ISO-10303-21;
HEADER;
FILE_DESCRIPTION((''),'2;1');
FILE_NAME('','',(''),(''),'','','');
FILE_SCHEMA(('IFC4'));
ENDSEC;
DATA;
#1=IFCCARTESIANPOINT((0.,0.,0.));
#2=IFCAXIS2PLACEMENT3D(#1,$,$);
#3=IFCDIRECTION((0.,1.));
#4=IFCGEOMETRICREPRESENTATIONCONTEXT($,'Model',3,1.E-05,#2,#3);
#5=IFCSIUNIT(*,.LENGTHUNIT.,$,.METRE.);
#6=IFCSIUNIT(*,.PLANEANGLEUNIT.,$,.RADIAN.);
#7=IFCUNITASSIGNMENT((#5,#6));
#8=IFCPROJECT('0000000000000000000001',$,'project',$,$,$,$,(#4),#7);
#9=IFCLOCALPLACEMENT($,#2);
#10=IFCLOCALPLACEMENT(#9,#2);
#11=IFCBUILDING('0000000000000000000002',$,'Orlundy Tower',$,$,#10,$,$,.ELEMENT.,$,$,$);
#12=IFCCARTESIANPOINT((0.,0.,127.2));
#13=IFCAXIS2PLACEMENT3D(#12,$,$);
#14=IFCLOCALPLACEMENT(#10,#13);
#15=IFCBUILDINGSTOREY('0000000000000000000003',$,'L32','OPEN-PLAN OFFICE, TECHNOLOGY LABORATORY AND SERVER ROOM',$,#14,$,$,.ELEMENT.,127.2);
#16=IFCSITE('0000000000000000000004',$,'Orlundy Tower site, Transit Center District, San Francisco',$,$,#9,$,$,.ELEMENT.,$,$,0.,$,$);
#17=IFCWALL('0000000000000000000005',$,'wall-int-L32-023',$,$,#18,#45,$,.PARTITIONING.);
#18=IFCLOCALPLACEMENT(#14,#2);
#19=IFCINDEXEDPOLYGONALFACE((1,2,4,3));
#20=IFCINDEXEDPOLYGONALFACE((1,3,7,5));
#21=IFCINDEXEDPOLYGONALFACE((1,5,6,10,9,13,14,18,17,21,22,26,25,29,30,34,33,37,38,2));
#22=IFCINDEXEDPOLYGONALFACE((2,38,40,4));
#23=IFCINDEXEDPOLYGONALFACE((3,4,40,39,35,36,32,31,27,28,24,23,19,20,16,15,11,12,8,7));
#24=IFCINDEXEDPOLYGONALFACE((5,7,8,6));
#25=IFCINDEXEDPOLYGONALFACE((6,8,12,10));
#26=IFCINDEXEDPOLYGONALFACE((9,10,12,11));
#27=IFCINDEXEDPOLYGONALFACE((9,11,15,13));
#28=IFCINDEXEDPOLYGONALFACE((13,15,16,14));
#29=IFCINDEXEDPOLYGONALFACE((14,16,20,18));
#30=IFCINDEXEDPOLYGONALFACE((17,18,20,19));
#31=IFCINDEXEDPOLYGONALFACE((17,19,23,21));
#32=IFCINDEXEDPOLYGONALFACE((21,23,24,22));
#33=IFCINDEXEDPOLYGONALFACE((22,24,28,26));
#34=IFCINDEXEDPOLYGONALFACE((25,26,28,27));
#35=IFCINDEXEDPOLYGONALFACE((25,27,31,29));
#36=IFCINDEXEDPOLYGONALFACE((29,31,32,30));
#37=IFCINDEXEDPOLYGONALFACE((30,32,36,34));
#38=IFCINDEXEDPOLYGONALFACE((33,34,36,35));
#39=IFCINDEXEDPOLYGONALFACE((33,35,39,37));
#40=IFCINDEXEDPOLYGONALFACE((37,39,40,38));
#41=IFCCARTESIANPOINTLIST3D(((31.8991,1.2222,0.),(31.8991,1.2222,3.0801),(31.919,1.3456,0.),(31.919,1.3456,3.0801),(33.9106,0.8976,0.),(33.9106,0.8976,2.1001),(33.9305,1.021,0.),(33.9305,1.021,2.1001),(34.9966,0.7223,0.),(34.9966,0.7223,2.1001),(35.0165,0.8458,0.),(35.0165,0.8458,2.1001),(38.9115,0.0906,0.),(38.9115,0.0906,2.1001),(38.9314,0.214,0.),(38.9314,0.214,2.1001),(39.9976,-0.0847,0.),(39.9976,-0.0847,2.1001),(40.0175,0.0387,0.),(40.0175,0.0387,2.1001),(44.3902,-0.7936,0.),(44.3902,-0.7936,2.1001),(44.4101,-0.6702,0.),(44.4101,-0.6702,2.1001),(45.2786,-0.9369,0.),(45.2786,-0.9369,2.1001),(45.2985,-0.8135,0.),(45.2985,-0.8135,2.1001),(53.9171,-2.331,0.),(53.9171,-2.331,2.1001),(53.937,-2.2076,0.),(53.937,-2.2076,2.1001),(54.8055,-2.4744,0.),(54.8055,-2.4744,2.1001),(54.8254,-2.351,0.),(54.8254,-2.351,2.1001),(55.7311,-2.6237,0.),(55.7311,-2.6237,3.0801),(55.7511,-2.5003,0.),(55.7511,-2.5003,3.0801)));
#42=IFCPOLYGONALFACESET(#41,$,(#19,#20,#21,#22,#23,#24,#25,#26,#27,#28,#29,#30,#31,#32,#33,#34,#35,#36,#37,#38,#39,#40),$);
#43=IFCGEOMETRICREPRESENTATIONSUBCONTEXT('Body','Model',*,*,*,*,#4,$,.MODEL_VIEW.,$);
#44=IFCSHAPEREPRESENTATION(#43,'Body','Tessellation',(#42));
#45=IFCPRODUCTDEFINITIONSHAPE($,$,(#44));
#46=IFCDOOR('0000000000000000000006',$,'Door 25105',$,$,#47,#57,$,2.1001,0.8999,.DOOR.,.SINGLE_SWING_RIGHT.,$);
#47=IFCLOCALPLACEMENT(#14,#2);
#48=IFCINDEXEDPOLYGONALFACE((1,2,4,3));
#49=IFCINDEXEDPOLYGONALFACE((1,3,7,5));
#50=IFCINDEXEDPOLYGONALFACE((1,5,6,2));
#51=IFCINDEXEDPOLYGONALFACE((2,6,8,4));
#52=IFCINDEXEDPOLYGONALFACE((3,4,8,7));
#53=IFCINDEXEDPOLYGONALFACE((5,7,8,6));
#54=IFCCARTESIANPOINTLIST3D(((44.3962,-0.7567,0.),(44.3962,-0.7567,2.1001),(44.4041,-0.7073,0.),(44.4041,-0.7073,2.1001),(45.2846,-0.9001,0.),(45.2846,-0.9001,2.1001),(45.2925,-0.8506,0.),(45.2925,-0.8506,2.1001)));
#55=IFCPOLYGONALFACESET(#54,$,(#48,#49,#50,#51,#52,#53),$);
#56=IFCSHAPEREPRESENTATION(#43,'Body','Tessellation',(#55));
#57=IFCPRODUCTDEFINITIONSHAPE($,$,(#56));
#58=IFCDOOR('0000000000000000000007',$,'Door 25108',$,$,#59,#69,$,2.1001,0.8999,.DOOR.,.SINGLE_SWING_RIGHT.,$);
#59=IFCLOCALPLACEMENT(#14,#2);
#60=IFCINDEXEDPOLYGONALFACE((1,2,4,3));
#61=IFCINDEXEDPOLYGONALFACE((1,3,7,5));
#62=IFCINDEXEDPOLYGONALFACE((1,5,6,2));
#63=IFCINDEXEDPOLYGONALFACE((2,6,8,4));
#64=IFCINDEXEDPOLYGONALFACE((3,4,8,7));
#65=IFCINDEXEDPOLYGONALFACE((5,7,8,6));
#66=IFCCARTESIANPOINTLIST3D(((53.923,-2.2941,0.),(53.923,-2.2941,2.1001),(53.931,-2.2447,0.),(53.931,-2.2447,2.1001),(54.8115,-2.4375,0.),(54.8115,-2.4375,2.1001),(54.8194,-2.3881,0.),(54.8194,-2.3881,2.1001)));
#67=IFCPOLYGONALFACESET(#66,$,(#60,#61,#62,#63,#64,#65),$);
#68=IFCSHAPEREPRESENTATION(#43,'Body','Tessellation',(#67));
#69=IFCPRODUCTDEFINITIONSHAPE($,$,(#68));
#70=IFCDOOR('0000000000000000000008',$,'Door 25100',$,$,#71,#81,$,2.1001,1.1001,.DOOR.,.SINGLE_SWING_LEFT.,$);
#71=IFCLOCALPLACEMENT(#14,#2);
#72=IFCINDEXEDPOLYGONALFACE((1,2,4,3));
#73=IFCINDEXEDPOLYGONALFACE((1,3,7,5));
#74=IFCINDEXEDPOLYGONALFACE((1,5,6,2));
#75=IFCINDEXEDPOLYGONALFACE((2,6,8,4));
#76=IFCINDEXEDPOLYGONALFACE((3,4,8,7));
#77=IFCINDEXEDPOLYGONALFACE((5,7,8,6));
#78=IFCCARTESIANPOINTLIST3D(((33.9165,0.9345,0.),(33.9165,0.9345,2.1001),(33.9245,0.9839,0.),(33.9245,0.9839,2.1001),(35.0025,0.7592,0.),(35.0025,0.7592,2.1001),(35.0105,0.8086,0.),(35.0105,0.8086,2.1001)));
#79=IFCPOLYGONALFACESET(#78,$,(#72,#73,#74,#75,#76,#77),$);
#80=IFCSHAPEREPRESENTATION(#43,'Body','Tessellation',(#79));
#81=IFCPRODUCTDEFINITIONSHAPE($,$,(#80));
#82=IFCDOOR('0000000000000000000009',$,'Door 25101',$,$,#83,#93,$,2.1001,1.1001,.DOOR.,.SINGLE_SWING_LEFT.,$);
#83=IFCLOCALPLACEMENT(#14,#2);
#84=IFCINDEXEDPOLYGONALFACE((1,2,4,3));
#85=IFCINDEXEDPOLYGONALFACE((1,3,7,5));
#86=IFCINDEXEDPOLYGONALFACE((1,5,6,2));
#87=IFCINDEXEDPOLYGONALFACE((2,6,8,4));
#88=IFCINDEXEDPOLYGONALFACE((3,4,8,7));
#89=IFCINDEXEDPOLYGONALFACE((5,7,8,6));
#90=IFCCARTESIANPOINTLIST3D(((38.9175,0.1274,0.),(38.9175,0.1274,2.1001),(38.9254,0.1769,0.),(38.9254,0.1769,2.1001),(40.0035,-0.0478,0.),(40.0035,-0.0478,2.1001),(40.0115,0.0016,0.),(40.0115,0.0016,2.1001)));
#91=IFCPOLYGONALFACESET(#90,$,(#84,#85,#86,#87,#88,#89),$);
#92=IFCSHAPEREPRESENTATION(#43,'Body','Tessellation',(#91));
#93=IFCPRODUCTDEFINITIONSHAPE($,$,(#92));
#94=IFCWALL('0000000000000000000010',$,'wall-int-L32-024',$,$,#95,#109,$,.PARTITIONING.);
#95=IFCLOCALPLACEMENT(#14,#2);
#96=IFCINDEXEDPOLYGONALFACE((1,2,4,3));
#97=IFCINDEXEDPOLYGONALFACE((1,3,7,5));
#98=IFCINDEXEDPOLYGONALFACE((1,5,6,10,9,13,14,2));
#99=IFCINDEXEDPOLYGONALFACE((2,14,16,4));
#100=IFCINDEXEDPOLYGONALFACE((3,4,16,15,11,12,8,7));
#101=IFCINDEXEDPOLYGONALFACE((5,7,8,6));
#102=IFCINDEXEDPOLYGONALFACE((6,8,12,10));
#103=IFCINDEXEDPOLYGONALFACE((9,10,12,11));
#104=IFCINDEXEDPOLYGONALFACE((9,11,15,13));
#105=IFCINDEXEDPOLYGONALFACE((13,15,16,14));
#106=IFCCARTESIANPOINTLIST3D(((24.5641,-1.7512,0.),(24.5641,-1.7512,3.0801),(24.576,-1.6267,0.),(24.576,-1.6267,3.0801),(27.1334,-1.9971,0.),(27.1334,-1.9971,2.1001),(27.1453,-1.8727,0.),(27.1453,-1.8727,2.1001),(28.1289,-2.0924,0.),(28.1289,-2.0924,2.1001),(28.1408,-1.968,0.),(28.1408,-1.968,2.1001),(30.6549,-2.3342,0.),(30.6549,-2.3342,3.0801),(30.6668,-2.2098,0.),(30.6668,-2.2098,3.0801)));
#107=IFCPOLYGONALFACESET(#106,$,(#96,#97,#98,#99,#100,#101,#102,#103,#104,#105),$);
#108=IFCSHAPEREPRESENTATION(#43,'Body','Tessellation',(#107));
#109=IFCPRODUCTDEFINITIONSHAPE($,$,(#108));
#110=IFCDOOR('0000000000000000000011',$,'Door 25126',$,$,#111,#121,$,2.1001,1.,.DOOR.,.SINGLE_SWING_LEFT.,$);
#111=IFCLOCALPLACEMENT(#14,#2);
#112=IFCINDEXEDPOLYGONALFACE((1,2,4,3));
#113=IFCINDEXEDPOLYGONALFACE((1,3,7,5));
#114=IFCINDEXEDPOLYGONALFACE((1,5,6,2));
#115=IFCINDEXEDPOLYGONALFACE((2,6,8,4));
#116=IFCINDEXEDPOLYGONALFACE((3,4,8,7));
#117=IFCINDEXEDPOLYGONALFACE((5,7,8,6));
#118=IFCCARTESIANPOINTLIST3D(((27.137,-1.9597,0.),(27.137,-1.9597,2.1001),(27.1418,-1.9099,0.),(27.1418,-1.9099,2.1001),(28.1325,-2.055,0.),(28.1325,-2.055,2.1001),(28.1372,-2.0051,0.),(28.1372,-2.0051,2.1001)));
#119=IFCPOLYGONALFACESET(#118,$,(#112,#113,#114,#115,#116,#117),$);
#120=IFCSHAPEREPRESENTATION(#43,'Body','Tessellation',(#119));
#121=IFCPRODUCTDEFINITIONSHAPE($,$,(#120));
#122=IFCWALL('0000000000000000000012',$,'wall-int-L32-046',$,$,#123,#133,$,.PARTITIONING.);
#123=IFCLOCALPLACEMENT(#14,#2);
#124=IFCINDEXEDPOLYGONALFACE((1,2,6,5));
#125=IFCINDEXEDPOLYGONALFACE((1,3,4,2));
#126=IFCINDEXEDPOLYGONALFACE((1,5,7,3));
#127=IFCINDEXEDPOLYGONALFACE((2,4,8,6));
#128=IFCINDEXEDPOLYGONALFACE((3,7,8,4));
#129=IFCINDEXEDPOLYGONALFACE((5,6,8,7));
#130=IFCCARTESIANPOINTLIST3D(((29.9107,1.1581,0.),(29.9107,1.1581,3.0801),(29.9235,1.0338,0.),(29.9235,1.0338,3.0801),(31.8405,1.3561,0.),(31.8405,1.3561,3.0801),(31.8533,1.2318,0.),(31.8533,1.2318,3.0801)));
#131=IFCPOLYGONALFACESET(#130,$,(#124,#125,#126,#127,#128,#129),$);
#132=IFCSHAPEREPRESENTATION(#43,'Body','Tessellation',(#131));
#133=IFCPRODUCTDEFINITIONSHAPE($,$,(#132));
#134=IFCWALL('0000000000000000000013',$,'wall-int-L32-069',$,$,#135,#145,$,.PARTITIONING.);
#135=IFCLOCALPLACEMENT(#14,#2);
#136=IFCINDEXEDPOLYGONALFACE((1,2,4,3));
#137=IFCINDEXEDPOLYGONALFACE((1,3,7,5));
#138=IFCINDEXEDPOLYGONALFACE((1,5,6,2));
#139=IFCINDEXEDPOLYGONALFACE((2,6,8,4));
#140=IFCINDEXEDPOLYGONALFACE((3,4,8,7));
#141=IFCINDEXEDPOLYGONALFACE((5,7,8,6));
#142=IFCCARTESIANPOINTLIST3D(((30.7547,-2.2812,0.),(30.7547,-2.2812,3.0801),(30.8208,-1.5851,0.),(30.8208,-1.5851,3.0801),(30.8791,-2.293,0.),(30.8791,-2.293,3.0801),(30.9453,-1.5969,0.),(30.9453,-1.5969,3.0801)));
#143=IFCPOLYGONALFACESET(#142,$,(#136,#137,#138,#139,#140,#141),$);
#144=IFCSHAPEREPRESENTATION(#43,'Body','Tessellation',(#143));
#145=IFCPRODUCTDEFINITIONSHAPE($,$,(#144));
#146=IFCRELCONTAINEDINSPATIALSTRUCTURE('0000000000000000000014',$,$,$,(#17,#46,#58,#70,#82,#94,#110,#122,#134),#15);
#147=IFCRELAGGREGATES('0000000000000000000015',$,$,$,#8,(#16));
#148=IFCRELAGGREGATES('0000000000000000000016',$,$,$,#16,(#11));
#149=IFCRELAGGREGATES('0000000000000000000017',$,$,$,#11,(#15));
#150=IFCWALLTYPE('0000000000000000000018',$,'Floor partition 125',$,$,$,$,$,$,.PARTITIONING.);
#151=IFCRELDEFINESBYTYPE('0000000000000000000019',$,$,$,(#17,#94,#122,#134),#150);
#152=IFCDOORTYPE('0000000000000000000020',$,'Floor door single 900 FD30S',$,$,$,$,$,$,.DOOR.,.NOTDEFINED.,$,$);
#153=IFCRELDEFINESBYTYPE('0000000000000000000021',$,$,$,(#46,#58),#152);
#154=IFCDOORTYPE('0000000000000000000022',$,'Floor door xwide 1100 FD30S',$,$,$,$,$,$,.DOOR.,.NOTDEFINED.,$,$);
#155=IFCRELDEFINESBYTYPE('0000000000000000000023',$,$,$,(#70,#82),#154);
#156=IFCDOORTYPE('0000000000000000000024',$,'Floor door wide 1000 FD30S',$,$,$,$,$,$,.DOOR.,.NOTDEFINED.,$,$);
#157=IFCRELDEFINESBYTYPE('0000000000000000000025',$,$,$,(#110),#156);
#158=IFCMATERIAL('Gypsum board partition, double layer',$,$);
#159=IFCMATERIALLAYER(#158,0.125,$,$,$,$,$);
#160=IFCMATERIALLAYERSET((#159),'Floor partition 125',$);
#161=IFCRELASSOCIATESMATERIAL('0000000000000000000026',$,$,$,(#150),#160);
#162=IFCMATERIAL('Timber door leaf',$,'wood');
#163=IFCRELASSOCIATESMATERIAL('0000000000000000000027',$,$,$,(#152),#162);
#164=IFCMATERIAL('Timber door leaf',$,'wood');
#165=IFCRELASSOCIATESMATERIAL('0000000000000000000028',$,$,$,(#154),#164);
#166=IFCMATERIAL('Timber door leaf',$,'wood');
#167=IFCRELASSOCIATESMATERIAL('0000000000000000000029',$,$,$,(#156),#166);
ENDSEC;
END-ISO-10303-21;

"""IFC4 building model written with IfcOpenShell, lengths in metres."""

from ifc_helpers import new_model, si_unit, direction, frame, frame_2d, origin, place, context, subcontext, project, spatial, rectangle, extrude, material, layer, layer_set, type_object, element, fill, save


model = new_model("IFC4")

# Units and contexts
model_context = context("Model", 3, precision=1e-05, world=origin(), true_north=direction((0.0, 1.0)))
body_context = subcontext(model_context, "Body", "Model", "MODEL_VIEW")
ifc_project = project(units=[si_unit("LENGTHUNIT", "METRE"), si_unit("PLANEANGLEUNIT", "RADIAN")], contexts=[model_context])

# Site, building, storey
site_placement = place(None, origin())
site = spatial("IfcSite", under=ifc_project, at=site_placement, Name="Orlundy Tower site, Transit Center District, San Francisco", CompositionType="ELEMENT", RefElevation=0.0)
building_placement = place(site_placement, origin())
building = spatial("IfcBuilding", under=site, at=building_placement, Name="Orlundy Tower", CompositionType="ELEMENT")
storey_placement = place(building_placement, frame((0.0, 0.0, 127.2)))
storey = spatial("IfcBuildingStorey", under=building, at=storey_placement, Name="L32", Description="OPEN-PLAN OFFICE, TECHNOLOGY LABORATORY AND SERVER ROOM", CompositionType="ELEMENT", Elevation=127.2)

# Shared definitions
ifc_material_1 = material(Name="Gypsum board partition, double layer")
ifc_layer_1 = layer(ifc_material_1, 0.125)
ifc_layer_set_1 = layer_set([ifc_layer_1], Name="Floor partition 125")
wall_type_1 = type_object("IfcWallType", Name="Floor partition 125", PredefinedType="PARTITIONING", material=ifc_layer_set_1)

# Wall, openings, doors
wall_1_placement = place(storey_placement, frame((31.9089, 1.2839, 0.0), z_axis=(0.0, 0.0, 1.0), x_axis=(0.987228, -0.159316, 0.0)))
wall_1 = element("IfcWall", 1, at=wall_1_placement, inside=storey, type_object=wall_type_1, Name="wall-int-L32-023", PredefinedType="PARTITIONING", context=body_context, shape_type="SweptSolid", body=[
    extrude(rectangle(XDim=24.1404, YDim=0.125, at=frame_2d((12.0703, 0.0))), origin(), (0.0, 0.0, 1.0), 3.0801),
])
opening_1_placement = place(wall_1_placement, frame((2.0376, 0.0, 0.0)))
opening_1 = element("IfcOpeningElement", 2, at=opening_1_placement, cuts=wall_1, PredefinedType="OPENING", context=body_context, shape_type="SweptSolid", body=[
    extrude(rectangle(XDim=1.1001, YDim=2.1001, at=frame_2d((0.55, 1.05))), frame((0.0, 0.0725, 0.0), z_axis=(0.0, -1.0, 0.0), x_axis=(1.0, 0.0, 0.0)), (0.0, 0.0, 1.0), 0.145),
])
opening_2_placement = place(wall_1_placement, frame((7.1033, 0.0, 0.0)))
opening_2 = element("IfcOpeningElement", 3, at=opening_2_placement, cuts=wall_1, PredefinedType="OPENING", context=body_context, shape_type="SweptSolid", body=[
    extrude(rectangle(XDim=1.1001, YDim=2.1001, at=frame_2d((0.55, 1.05))), frame((0.0, 0.0725, 0.0), z_axis=(0.0, -1.0, 0.0), x_axis=(1.0, 0.0, 0.0)), (0.0, 0.0, 1.0), 0.145),
])
opening_3_placement = place(wall_1_placement, frame((12.6528, 0.0, 0.0)))
opening_3 = element("IfcOpeningElement", 4, at=opening_3_placement, cuts=wall_1, PredefinedType="OPENING", context=body_context, shape_type="SweptSolid", body=[
    extrude(rectangle(XDim=0.8999, YDim=2.1001, at=frame_2d((0.45, 1.05))), frame((0.0, 0.0725, 0.0), z_axis=(0.0, -1.0, 0.0), x_axis=(1.0, 0.0, 0.0)), (0.0, 0.0, 1.0), 0.145),
])
opening_4_placement = place(wall_1_placement, frame((22.303, 0.0, 0.0)))
opening_4 = element("IfcOpeningElement", 5, at=opening_4_placement, cuts=wall_1, PredefinedType="OPENING", context=body_context, shape_type="SweptSolid", body=[
    extrude(rectangle(XDim=0.8999, YDim=2.1001, at=frame_2d((0.45, 1.05))), frame((0.0, 0.0725, 0.0), z_axis=(0.0, -1.0, 0.0), x_axis=(1.0, 0.0, 0.0)), (0.0, 0.0, 1.0), 0.145),
])
ifc_material_2 = material(Name="Timber door leaf", Category="wood")
door_type_1 = type_object("IfcDoorType", Name="Floor door single 900 FD30S", OperationType="NOTDEFINED", PredefinedType="DOOR", material=ifc_material_2)
door_1_placement = place(opening_3_placement, origin())
door_1 = element("IfcDoor", 6, at=door_1_placement, inside=storey, type_object=door_type_1, Name="Door 25105", OperationType="SINGLE_SWING_RIGHT", OverallHeight=2.1001, OverallWidth=0.8999, PredefinedType="DOOR", context=body_context, shape_type="SweptSolid", body=[
    extrude(rectangle(XDim=0.8999, YDim=2.1001, at=frame_2d((0.45, 1.05))), frame((0.0, 0.0249, 0.0), z_axis=(0.0, -1.0, 0.0), x_axis=(1.0, 0.0, 0.0)), (0.0, 0.0, 1.0), 0.05),
])
fill(opening_3, door_1)
door_2_placement = place(opening_4_placement, origin())
door_2 = element("IfcDoor", 7, at=door_2_placement, inside=storey, type_object=door_type_1, Name="Door 25108", OperationType="SINGLE_SWING_RIGHT", OverallHeight=2.1001, OverallWidth=0.8999, PredefinedType="DOOR", context=body_context, shape_type="SweptSolid", body=[
    extrude(rectangle(XDim=0.8999, YDim=2.1001, at=frame_2d((0.45, 1.05))), frame((0.0, 0.0249, 0.0), z_axis=(0.0, -1.0, 0.0), x_axis=(1.0, 0.0, 0.0)), (0.0, 0.0, 1.0), 0.05),
])
fill(opening_4, door_2)
ifc_material_3 = material(Name="Timber door leaf", Category="wood")
door_type_2 = type_object("IfcDoorType", Name="Floor door xwide 1100 FD30S", OperationType="NOTDEFINED", PredefinedType="DOOR", material=ifc_material_3)
door_3_placement = place(opening_1_placement, origin())
door_3 = element("IfcDoor", 8, at=door_3_placement, inside=storey, type_object=door_type_2, Name="Door 25100", OperationType="SINGLE_SWING_LEFT", OverallHeight=2.1001, OverallWidth=1.1001, PredefinedType="DOOR", context=body_context, shape_type="SweptSolid", body=[
    extrude(rectangle(XDim=1.1001, YDim=2.1001, at=frame_2d((0.55, 1.05))), frame((0.0, 0.0249, 0.0), z_axis=(0.0, -1.0, 0.0), x_axis=(1.0, 0.0, 0.0)), (0.0, 0.0, 1.0), 0.05),
])
fill(opening_1, door_3)
door_4_placement = place(opening_2_placement, origin())
door_4 = element("IfcDoor", 9, at=door_4_placement, inside=storey, type_object=door_type_2, Name="Door 25101", OperationType="SINGLE_SWING_LEFT", OverallHeight=2.1001, OverallWidth=1.1001, PredefinedType="DOOR", context=body_context, shape_type="SweptSolid", body=[
    extrude(rectangle(XDim=1.1001, YDim=2.1001, at=frame_2d((0.55, 1.05))), frame((0.0, 0.0249, 0.0), z_axis=(0.0, -1.0, 0.0), x_axis=(1.0, 0.0, 0.0)), (0.0, 0.0, 1.0), 0.05),
])
fill(opening_2, door_4)

# Wall, opening, door
wall_2_placement = place(storey_placement, frame((30.6609, -2.272, 0.0), z_axis=(0.0, 0.0, 1.0), x_axis=(-0.99545, 0.095284, 0.0)))
wall_2 = element("IfcWall", 10, at=wall_2_placement, inside=storey, type_object=wall_type_1, Name="wall-int-L32-024", PredefinedType="PARTITIONING", context=body_context, shape_type="SweptSolid", body=[
    extrude(rectangle(XDim=6.1187, YDim=0.125, at=frame_2d((3.0593, 0.0))), origin(), (0.0, 0.0, 1.0), 3.0801),
])
opening_5_placement = place(wall_2_placement, frame((2.5376, 0.0, 0.0)))
opening_5 = element("IfcOpeningElement", 11, at=opening_5_placement, cuts=wall_2, PredefinedType="OPENING", context=body_context, shape_type="SweptSolid", body=[
    extrude(rectangle(XDim=1.0, YDim=2.1001, at=frame_2d((0.5, 1.05))), frame((0.0, 0.0725, 0.0), z_axis=(0.0, -1.0, 0.0), x_axis=(1.0, 0.0, 0.0)), (0.0, 0.0, 1.0), 0.145),
])
ifc_material_4 = material(Name="Timber door leaf", Category="wood")
door_type_3 = type_object("IfcDoorType", Name="Floor door wide 1000 FD30S", OperationType="NOTDEFINED", PredefinedType="DOOR", material=ifc_material_4)
door_5_placement = place(opening_5_placement, origin())
door_5 = element("IfcDoor", 12, at=door_5_placement, inside=storey, type_object=door_type_3, Name="Door 25126", OperationType="SINGLE_SWING_LEFT", OverallHeight=2.1001, OverallWidth=1.0, PredefinedType="DOOR", context=body_context, shape_type="SweptSolid", body=[
    extrude(rectangle(XDim=1.0, YDim=2.1001, at=frame_2d((0.5, 1.05))), frame((0.0, 0.0249, 0.0), z_axis=(0.0, -1.0, 0.0), x_axis=(1.0, 0.0, 0.0)), (0.0, 0.0, 1.0), 0.05),
])
fill(opening_5, door_5)

# Walls
wall_3_placement = place(storey_placement, frame((31.8469, 1.2939, 0.0), z_axis=(0.0, 0.0, 1.0), x_axis=(-0.994778, -0.102058, 0.0)))
element("IfcWall", 13, at=wall_3_placement, inside=storey, type_object=wall_type_1, Name="wall-int-L32-046", PredefinedType="PARTITIONING", context=body_context, shape_type="SweptSolid", body=[
    extrude(rectangle(XDim=1.9399, YDim=0.125, at=frame_2d((0.97, 0.0))), origin(), (0.0, 0.0, 1.0), 3.0801),
])
wall_4_placement = place(storey_placement, frame((30.8169, -2.2871, 0.0), z_axis=(0.0, 0.0, 1.0), x_axis=(0.094628, 0.995513, 0.0)))
element("IfcWall", 14, at=wall_4_placement, inside=storey, type_object=wall_type_1, Name="wall-int-L32-069", PredefinedType="PARTITIONING", context=body_context, shape_type="SweptSolid", body=[
    extrude(rectangle(XDim=0.6992, YDim=0.125, at=frame_2d((0.3496, 0.0))), origin(), (0.0, 0.0, 1.0), 3.0801),
])

save(model, "model.ifc")
